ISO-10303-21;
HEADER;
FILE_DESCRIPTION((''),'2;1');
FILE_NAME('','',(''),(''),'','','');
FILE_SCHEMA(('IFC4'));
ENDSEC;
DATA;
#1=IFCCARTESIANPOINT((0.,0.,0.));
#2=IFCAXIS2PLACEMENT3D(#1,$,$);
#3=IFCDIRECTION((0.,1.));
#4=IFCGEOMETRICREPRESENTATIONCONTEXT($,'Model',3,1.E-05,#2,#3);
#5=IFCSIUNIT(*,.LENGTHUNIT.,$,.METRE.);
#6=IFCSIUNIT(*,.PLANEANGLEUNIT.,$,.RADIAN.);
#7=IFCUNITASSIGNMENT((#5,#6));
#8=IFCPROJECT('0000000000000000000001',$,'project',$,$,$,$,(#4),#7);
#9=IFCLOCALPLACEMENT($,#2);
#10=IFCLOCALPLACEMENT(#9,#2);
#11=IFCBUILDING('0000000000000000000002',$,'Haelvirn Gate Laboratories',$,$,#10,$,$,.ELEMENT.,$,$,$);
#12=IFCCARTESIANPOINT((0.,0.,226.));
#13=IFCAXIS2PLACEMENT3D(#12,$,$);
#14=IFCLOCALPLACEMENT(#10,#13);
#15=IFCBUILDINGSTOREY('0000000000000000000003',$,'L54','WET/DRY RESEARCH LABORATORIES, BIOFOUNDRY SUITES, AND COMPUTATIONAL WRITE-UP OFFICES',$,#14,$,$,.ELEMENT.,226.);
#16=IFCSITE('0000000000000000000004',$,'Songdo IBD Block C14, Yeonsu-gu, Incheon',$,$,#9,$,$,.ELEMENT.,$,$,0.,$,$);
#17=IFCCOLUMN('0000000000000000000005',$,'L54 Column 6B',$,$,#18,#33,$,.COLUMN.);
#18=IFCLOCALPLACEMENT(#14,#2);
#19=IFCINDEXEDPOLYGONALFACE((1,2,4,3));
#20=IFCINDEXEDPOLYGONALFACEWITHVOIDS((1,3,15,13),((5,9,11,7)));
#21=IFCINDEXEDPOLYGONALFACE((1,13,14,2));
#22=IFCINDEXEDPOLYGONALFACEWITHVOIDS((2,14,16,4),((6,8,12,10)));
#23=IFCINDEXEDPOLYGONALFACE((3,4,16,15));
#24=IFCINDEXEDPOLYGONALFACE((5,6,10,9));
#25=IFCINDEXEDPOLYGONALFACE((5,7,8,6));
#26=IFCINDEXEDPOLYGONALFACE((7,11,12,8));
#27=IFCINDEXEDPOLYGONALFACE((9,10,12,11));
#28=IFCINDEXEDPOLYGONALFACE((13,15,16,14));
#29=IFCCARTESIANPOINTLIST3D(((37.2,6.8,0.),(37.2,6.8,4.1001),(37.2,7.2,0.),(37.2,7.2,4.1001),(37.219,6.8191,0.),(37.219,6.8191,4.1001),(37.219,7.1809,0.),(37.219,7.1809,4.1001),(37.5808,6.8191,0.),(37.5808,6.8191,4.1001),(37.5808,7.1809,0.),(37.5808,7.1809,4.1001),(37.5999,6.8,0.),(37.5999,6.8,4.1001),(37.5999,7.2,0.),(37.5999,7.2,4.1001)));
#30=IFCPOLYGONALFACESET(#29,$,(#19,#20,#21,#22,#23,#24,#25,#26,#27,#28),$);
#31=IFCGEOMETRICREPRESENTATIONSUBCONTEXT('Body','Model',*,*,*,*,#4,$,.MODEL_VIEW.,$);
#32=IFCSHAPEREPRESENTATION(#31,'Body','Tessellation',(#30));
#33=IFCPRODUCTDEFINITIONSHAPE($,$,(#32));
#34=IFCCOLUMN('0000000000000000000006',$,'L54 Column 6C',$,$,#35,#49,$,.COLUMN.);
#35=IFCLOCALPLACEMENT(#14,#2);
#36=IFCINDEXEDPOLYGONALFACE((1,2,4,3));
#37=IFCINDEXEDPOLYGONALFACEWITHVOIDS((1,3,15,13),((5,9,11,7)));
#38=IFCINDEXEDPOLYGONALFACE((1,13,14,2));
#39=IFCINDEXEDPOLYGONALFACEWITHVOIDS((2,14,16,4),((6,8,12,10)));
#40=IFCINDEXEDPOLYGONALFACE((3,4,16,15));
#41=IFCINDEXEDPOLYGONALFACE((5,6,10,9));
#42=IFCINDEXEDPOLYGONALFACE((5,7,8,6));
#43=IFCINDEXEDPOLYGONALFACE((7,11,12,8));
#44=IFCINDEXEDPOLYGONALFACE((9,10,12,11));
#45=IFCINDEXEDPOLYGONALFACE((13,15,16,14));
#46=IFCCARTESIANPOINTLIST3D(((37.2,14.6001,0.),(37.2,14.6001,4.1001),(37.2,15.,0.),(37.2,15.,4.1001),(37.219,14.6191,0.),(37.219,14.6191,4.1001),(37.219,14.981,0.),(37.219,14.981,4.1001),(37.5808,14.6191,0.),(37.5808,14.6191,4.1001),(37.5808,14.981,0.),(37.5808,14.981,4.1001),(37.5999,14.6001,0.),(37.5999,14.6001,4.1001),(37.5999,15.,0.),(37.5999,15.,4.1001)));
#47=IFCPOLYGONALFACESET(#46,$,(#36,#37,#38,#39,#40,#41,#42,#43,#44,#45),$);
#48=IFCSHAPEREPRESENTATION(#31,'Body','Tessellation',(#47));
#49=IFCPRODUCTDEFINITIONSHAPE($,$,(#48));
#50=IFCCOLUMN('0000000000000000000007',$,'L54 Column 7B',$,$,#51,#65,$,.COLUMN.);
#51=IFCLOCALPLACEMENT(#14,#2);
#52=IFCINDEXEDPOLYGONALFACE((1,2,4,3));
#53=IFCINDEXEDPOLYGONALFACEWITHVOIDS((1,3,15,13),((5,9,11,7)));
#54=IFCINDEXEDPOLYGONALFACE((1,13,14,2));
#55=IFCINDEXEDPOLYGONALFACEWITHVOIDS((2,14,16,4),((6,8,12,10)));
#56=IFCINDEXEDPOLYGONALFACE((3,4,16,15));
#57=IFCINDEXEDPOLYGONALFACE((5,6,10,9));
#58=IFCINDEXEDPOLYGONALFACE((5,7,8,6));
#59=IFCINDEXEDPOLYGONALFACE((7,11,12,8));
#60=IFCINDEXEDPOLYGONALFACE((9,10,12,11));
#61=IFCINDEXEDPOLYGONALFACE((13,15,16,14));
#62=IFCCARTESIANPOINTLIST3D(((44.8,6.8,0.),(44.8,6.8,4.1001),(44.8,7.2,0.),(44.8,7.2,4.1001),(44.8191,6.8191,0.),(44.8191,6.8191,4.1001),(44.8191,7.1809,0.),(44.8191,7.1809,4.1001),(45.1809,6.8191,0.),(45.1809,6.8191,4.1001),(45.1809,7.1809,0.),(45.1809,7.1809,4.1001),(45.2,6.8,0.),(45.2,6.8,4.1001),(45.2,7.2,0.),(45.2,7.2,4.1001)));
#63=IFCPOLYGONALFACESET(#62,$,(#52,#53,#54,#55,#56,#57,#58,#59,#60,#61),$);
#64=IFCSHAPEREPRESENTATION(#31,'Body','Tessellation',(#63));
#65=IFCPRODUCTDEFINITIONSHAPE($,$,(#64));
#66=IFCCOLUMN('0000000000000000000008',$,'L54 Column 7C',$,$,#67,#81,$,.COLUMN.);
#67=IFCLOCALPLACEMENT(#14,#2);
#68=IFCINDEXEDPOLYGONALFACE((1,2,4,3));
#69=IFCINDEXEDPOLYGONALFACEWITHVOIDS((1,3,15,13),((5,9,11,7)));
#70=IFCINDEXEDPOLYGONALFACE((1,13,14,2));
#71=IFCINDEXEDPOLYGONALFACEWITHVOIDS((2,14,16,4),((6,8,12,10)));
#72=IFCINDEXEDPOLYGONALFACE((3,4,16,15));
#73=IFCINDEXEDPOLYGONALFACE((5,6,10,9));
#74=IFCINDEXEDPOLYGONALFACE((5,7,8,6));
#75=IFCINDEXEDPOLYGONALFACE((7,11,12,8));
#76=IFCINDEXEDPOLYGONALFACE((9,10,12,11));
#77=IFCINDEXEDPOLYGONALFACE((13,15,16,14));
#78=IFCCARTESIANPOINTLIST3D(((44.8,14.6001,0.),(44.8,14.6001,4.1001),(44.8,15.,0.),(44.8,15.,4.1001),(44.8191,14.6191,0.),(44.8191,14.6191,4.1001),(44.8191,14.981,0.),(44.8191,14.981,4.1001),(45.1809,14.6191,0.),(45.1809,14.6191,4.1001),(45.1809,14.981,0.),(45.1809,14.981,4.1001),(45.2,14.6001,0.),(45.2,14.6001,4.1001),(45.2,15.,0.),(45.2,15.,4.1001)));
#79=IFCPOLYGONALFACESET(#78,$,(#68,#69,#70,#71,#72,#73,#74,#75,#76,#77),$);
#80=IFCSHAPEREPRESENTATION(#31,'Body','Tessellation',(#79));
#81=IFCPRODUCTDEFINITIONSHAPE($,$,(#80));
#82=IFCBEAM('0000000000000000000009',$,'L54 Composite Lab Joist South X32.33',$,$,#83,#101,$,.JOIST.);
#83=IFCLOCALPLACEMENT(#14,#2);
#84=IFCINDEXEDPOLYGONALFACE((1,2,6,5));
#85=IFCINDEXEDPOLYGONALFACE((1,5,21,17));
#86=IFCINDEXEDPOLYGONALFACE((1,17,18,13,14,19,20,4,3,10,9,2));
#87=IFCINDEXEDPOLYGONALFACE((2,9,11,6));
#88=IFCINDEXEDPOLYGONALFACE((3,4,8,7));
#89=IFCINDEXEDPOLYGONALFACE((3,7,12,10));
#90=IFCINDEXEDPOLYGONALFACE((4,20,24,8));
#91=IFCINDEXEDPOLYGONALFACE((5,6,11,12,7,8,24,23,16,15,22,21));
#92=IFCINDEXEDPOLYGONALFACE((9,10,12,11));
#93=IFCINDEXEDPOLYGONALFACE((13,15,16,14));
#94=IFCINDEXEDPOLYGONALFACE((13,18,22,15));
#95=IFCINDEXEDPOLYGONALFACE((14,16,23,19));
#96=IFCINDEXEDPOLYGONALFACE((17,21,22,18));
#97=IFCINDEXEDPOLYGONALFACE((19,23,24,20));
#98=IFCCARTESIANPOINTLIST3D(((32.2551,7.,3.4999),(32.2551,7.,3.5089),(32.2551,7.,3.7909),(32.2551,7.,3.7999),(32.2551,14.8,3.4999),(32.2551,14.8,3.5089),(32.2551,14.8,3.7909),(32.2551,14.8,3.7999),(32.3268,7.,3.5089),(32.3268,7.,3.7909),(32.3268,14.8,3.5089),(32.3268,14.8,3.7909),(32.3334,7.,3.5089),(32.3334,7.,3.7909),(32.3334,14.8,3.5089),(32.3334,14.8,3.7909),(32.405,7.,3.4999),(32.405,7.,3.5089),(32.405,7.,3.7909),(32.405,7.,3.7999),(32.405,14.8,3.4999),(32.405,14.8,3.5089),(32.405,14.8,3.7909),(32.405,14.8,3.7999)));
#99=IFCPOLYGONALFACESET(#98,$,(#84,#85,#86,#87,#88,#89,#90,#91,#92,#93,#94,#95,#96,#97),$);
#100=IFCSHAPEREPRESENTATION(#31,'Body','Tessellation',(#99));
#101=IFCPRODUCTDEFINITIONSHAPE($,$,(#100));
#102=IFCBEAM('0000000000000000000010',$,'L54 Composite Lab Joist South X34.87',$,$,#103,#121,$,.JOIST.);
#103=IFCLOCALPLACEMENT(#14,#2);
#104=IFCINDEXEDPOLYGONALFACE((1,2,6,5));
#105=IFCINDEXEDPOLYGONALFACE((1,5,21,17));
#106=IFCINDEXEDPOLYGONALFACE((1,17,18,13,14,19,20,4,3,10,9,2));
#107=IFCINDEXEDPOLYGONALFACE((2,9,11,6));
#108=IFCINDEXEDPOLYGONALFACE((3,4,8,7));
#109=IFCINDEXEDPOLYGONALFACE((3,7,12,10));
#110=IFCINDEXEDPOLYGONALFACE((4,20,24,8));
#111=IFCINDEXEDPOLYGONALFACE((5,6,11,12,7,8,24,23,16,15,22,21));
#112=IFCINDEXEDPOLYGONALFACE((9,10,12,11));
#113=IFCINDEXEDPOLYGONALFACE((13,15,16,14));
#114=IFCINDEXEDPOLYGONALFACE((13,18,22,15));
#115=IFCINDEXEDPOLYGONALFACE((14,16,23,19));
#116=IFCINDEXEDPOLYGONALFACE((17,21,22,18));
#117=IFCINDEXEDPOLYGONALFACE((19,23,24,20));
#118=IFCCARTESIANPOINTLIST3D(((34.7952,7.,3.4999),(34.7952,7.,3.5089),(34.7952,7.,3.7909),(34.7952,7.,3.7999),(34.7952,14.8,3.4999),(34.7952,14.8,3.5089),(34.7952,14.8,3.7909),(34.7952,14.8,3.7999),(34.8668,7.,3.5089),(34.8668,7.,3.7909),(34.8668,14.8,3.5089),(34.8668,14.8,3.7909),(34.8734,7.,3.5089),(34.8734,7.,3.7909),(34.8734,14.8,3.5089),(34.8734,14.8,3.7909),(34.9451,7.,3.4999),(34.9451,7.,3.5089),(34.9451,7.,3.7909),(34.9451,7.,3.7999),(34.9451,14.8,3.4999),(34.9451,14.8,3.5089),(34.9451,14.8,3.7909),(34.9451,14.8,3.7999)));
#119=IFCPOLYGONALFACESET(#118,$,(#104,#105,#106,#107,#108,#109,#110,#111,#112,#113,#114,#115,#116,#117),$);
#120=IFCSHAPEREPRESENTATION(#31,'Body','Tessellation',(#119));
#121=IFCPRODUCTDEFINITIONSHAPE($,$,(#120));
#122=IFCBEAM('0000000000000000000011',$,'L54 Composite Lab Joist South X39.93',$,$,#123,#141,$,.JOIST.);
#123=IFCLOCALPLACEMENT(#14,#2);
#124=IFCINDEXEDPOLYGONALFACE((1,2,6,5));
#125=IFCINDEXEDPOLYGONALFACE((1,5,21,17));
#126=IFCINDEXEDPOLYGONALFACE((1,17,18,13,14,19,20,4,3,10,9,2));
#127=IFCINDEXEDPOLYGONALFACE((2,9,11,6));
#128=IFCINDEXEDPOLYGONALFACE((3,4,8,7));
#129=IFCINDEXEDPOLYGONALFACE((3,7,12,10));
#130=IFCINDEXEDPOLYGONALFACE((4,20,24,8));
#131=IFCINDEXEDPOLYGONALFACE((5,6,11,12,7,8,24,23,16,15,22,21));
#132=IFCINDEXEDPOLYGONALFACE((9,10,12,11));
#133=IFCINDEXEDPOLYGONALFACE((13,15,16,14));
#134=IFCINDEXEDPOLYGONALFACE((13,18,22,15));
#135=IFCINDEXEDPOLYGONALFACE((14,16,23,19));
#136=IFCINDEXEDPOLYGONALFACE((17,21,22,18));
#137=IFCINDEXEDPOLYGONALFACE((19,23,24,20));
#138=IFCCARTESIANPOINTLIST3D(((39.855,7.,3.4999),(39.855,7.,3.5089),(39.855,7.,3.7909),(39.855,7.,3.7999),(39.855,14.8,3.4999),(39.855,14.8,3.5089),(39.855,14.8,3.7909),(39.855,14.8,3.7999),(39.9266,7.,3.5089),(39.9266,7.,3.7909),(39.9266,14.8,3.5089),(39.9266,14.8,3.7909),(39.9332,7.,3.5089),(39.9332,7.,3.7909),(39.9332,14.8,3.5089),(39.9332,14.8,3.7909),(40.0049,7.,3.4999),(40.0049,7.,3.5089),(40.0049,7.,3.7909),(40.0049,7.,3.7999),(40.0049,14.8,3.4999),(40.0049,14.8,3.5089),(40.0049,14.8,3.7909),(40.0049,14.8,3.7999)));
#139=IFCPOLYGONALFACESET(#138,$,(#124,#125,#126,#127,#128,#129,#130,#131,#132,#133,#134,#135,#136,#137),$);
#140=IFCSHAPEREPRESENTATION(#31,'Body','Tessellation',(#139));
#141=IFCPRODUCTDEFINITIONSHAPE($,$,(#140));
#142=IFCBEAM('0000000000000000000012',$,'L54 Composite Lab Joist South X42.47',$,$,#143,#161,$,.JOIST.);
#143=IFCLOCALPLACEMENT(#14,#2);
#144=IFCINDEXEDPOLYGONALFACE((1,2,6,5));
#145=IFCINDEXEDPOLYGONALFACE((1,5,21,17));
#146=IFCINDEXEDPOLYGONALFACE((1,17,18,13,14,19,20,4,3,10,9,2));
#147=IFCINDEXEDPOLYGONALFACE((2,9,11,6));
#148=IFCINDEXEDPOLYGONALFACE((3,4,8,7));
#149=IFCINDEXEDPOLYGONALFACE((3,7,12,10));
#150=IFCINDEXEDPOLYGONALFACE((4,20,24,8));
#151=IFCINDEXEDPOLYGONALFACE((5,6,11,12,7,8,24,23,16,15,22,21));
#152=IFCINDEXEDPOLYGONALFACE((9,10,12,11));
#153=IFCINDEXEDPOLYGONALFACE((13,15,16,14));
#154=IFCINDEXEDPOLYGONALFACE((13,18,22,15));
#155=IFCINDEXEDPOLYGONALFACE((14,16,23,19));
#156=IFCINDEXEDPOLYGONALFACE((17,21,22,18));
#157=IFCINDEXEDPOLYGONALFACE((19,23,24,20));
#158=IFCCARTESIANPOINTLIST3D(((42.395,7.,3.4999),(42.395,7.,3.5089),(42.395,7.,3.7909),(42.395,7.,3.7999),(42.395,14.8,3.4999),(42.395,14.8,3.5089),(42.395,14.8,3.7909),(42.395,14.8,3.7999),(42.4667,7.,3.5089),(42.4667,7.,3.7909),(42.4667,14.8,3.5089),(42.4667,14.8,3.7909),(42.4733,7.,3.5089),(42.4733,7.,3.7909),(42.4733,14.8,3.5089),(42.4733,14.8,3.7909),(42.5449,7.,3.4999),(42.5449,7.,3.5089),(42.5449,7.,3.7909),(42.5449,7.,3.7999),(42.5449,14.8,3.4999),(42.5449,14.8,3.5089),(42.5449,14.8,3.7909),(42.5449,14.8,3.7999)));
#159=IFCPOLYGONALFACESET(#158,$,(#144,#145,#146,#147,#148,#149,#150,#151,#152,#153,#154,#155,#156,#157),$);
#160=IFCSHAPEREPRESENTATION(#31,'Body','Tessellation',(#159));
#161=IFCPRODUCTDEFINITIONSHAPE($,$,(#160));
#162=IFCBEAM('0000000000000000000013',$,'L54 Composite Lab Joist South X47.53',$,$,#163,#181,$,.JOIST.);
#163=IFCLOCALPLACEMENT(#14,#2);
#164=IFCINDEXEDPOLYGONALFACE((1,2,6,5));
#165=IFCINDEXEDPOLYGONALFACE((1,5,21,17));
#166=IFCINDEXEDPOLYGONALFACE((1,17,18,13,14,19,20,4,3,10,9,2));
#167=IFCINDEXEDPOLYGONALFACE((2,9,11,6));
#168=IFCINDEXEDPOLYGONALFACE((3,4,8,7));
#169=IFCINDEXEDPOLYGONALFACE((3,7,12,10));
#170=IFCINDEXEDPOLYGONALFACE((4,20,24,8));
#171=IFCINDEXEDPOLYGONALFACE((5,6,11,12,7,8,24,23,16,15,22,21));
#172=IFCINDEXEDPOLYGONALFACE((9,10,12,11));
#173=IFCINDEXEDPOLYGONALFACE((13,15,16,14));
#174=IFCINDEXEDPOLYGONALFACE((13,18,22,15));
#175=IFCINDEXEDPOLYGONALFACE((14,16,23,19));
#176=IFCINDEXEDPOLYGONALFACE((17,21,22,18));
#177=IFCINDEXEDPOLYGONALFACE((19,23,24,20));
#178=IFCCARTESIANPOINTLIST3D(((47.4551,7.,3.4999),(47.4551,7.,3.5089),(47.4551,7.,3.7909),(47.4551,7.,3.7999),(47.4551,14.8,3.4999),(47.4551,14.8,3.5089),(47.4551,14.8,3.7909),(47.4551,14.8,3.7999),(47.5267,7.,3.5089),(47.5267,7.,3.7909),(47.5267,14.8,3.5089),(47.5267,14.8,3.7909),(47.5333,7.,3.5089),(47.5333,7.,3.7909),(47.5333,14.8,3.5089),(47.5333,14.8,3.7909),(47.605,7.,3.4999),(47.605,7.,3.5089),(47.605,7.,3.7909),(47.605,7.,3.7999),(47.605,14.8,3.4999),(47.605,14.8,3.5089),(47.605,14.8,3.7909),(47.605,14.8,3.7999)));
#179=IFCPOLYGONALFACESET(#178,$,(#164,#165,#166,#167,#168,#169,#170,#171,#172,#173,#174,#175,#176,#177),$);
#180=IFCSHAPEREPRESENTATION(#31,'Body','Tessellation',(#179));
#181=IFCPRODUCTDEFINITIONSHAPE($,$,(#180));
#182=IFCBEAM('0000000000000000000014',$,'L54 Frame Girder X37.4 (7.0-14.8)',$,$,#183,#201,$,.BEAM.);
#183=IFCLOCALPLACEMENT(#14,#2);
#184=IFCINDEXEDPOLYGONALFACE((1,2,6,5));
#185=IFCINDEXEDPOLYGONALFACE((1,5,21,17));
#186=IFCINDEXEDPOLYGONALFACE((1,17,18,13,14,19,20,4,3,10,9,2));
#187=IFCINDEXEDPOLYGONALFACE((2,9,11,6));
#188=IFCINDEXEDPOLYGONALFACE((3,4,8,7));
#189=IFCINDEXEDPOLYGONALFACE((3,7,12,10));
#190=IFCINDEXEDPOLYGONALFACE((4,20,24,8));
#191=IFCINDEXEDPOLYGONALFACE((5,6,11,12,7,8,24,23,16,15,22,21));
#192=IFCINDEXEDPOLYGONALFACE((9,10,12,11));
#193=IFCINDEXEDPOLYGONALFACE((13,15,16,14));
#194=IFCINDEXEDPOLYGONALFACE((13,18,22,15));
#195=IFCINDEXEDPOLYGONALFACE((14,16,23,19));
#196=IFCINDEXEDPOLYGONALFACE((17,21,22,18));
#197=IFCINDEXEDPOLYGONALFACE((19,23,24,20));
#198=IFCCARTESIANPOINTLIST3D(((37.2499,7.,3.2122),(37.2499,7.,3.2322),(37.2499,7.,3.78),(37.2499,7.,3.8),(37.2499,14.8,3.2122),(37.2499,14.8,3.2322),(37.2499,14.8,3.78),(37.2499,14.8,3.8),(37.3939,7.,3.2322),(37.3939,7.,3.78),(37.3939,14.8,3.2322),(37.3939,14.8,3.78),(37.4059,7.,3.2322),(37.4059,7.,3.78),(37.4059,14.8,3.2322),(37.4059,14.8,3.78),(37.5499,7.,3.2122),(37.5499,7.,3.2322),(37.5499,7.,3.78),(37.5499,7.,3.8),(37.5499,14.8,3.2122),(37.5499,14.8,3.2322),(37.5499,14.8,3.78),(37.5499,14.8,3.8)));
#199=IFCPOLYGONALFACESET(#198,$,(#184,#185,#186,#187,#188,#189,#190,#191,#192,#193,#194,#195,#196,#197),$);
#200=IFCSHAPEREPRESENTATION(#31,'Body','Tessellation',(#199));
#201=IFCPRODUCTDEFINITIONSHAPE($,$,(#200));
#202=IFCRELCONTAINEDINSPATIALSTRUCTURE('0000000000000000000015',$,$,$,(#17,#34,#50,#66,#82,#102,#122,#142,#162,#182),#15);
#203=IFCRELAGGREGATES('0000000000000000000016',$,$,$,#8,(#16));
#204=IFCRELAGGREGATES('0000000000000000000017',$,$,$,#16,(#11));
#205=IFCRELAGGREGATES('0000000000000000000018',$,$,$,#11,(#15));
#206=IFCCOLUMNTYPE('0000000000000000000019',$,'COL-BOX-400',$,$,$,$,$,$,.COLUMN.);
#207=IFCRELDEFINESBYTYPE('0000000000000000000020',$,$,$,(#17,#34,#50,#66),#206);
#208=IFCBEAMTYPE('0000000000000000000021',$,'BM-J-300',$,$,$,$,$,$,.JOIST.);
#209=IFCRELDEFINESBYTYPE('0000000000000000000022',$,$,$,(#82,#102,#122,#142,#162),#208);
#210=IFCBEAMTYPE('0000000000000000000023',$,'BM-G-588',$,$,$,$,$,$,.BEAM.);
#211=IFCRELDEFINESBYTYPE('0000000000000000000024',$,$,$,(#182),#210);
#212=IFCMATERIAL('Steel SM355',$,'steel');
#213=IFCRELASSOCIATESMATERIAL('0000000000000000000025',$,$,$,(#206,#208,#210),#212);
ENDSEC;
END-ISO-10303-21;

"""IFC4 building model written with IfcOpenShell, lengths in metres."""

from ifc_helpers import new_model, si_unit, direction, frame, origin, origin_2d, place, context, subcontext, project, spatial, hollow_rectangle, i_section, extrude, source, transform, mapped, material, material_profile, profile_set, type_object, type_shapes, element, save


model = new_model("IFC4")

# Units and contexts
model_context = context("Model", 3, precision=1e-05, world=origin(), true_north=direction((0.0, 1.0)))
body_context = subcontext(model_context, "Body", "Model", "MODEL_VIEW")
ifc_project = project(units=[si_unit("LENGTHUNIT", "METRE"), si_unit("PLANEANGLEUNIT", "RADIAN")], contexts=[model_context])

# Site, building, storey
site_placement = place(None, origin())
site = spatial("IfcSite", under=ifc_project, at=site_placement, Name="Songdo IBD Block C14, Yeonsu-gu, Incheon", CompositionType="ELEMENT", RefElevation=0.0)
building_placement = place(site_placement, origin())
building = spatial("IfcBuilding", under=site, at=building_placement, Name="Haelvirn Gate Laboratories", CompositionType="ELEMENT")
storey_placement = place(building_placement, frame((0.0, 0.0, 226.0)))
storey = spatial("IfcBuildingStorey", under=building, at=storey_placement, Name="L54", Description="WET/DRY RESEARCH LABORATORIES, BIOFOUNDRY SUITES, AND COMPUTATIONAL WRITE-UP OFFICES", CompositionType="ELEMENT", Elevation=226.0)

# Columns
ifc_material_1 = material(Name="Steel SM355", Category="steel")
ifc_material_profile_1 = material_profile(ifc_material_1, hollow_rectangle(XDim=0.3999, YDim=0.3999, WallThickness=0.019, at=origin_2d()), Name="BOX-400x400x19")
ifc_profile_set_1 = profile_set([ifc_material_profile_1], Name="Steel SM355")
column_type = type_object("IfcColumnType", Name="COL-BOX-400", PredefinedType="COLUMN", material=ifc_profile_set_1)
shared_shape_1 = source(origin(), body_context, "Body", "SweptSolid", [
    extrude(hollow_rectangle(XDim=0.3999, YDim=0.3999, WallThickness=0.019, at=origin_2d()), origin(), (0.0, 0.0, 1.0), 4.1001),
])
type_shapes(column_type, [shared_shape_1])
for number, where, z_axis, x_axis, name in (
    (1, (37.3999, 7.0, 0.0), (0.0, 0.0, 1.0), (1.0, 0.0, 0.0), "L54 Column 6B"),
    (2, (37.3999, 14.8, 0.0), (0.0, 0.0, 1.0), (1.0, 0.0, 0.0), "L54 Column 6C"),
    (3, (45.0, 7.0, 0.0), (0.0, 0.0, 1.0), (1.0, 0.0, 0.0), "L54 Column 7B"),
    (4, (45.0, 14.8, 0.0), (0.0, 0.0, 1.0), (1.0, 0.0, 0.0), "L54 Column 7C"),
):
    element("IfcColumn", number, at=place(storey_placement, frame(where, z_axis=z_axis, x_axis=x_axis)), inside=storey, type_object=column_type, Name=name, PredefinedType="COLUMN", context=body_context, shape_type="MappedRepresentation", body=[
        mapped(shared_shape_1, transform((0.0, 0.0, 0.0), scale=1.0)),
    ])

# Beams
ifc_material_profile_2 = material_profile(ifc_material_1, i_section(OverallWidth=0.1499, OverallDepth=0.3, WebThickness=0.0066, FlangeThickness=0.009, at=origin_2d()), Name="H-300x150x6.5x9")
ifc_profile_set_2 = profile_set([ifc_material_profile_2], Name="Steel SM355")
beam_type_1 = type_object("IfcBeamType", Name="BM-J-300", PredefinedType="JOIST", material=ifc_profile_set_2)
shared_shape_2 = source(origin(), body_context, "Body", "SweptSolid", [
    extrude(i_section(OverallWidth=0.1499, OverallDepth=0.3, WebThickness=0.0066, FlangeThickness=0.009, at=origin_2d()), origin(), (0.0, 0.0, 1.0), 7.8),
])
type_shapes(beam_type_1, [shared_shape_2])
for number, where, z_axis, x_axis, name in (
    (5, (32.3301, 7.0, 3.6499), (0.0, 1.0, 0.0), (-1.0, 0.0, 0.0), "L54 Composite Lab Joist South X32.33"),
    (6, (34.8701, 7.0, 3.6499), (0.0, 1.0, 0.0), (-1.0, 0.0, 0.0), "L54 Composite Lab Joist South X34.87"),
    (7, (39.9299, 7.0, 3.6499), (0.0, 1.0, 0.0), (-1.0, 0.0, 0.0), "L54 Composite Lab Joist South X39.93"),
    (8, (42.47, 7.0, 3.6499), (0.0, 1.0, 0.0), (-1.0, 0.0, 0.0), "L54 Composite Lab Joist South X42.47"),
    (9, (47.53, 7.0, 3.6499), (0.0, 1.0, 0.0), (-1.0, 0.0, 0.0), "L54 Composite Lab Joist South X47.53"),
):
    element("IfcBeam", number, at=place(storey_placement, frame(where, z_axis=z_axis, x_axis=x_axis)), inside=storey, type_object=beam_type_1, Name=name, PredefinedType="JOIST", context=body_context, shape_type="MappedRepresentation", body=[
        mapped(shared_shape_2, transform((0.0, 0.0, 0.0), scale=1.0)),
    ])
ifc_material_profile_3 = material_profile(ifc_material_1, i_section(OverallWidth=0.3, OverallDepth=0.5879, WebThickness=0.012, FlangeThickness=0.02, at=origin_2d()), Name="H-588x300x12x20")
ifc_profile_set_3 = profile_set([ifc_material_profile_3], Name="Steel SM355")
beam_type_2 = type_object("IfcBeamType", Name="BM-G-588", PredefinedType="BEAM", material=ifc_profile_set_3)
shared_shape_3 = source(origin(), body_context, "Body", "SweptSolid", [
    extrude(i_section(OverallWidth=0.3, OverallDepth=0.5879, WebThickness=0.012, FlangeThickness=0.02, at=origin_2d()), origin(), (0.0, 0.0, 1.0), 7.8),
])
type_shapes(beam_type_2, [shared_shape_3])
for number, where, z_axis, x_axis, name in (
    (10, (37.3999, 7.0, 3.5061), (0.0, 1.0, 0.0), (-1.0, 0.0, 0.0), "L54 Frame Girder X37.4 (7.0-14.8)"),
):
    element("IfcBeam", number, at=place(storey_placement, frame(where, z_axis=z_axis, x_axis=x_axis)), inside=storey, type_object=beam_type_2, Name=name, PredefinedType="BEAM", context=body_context, shape_type="MappedRepresentation", body=[
        mapped(shared_shape_3, transform((0.0, 0.0, 0.0), scale=1.0)),
    ])

save(model, "model.ifc")
